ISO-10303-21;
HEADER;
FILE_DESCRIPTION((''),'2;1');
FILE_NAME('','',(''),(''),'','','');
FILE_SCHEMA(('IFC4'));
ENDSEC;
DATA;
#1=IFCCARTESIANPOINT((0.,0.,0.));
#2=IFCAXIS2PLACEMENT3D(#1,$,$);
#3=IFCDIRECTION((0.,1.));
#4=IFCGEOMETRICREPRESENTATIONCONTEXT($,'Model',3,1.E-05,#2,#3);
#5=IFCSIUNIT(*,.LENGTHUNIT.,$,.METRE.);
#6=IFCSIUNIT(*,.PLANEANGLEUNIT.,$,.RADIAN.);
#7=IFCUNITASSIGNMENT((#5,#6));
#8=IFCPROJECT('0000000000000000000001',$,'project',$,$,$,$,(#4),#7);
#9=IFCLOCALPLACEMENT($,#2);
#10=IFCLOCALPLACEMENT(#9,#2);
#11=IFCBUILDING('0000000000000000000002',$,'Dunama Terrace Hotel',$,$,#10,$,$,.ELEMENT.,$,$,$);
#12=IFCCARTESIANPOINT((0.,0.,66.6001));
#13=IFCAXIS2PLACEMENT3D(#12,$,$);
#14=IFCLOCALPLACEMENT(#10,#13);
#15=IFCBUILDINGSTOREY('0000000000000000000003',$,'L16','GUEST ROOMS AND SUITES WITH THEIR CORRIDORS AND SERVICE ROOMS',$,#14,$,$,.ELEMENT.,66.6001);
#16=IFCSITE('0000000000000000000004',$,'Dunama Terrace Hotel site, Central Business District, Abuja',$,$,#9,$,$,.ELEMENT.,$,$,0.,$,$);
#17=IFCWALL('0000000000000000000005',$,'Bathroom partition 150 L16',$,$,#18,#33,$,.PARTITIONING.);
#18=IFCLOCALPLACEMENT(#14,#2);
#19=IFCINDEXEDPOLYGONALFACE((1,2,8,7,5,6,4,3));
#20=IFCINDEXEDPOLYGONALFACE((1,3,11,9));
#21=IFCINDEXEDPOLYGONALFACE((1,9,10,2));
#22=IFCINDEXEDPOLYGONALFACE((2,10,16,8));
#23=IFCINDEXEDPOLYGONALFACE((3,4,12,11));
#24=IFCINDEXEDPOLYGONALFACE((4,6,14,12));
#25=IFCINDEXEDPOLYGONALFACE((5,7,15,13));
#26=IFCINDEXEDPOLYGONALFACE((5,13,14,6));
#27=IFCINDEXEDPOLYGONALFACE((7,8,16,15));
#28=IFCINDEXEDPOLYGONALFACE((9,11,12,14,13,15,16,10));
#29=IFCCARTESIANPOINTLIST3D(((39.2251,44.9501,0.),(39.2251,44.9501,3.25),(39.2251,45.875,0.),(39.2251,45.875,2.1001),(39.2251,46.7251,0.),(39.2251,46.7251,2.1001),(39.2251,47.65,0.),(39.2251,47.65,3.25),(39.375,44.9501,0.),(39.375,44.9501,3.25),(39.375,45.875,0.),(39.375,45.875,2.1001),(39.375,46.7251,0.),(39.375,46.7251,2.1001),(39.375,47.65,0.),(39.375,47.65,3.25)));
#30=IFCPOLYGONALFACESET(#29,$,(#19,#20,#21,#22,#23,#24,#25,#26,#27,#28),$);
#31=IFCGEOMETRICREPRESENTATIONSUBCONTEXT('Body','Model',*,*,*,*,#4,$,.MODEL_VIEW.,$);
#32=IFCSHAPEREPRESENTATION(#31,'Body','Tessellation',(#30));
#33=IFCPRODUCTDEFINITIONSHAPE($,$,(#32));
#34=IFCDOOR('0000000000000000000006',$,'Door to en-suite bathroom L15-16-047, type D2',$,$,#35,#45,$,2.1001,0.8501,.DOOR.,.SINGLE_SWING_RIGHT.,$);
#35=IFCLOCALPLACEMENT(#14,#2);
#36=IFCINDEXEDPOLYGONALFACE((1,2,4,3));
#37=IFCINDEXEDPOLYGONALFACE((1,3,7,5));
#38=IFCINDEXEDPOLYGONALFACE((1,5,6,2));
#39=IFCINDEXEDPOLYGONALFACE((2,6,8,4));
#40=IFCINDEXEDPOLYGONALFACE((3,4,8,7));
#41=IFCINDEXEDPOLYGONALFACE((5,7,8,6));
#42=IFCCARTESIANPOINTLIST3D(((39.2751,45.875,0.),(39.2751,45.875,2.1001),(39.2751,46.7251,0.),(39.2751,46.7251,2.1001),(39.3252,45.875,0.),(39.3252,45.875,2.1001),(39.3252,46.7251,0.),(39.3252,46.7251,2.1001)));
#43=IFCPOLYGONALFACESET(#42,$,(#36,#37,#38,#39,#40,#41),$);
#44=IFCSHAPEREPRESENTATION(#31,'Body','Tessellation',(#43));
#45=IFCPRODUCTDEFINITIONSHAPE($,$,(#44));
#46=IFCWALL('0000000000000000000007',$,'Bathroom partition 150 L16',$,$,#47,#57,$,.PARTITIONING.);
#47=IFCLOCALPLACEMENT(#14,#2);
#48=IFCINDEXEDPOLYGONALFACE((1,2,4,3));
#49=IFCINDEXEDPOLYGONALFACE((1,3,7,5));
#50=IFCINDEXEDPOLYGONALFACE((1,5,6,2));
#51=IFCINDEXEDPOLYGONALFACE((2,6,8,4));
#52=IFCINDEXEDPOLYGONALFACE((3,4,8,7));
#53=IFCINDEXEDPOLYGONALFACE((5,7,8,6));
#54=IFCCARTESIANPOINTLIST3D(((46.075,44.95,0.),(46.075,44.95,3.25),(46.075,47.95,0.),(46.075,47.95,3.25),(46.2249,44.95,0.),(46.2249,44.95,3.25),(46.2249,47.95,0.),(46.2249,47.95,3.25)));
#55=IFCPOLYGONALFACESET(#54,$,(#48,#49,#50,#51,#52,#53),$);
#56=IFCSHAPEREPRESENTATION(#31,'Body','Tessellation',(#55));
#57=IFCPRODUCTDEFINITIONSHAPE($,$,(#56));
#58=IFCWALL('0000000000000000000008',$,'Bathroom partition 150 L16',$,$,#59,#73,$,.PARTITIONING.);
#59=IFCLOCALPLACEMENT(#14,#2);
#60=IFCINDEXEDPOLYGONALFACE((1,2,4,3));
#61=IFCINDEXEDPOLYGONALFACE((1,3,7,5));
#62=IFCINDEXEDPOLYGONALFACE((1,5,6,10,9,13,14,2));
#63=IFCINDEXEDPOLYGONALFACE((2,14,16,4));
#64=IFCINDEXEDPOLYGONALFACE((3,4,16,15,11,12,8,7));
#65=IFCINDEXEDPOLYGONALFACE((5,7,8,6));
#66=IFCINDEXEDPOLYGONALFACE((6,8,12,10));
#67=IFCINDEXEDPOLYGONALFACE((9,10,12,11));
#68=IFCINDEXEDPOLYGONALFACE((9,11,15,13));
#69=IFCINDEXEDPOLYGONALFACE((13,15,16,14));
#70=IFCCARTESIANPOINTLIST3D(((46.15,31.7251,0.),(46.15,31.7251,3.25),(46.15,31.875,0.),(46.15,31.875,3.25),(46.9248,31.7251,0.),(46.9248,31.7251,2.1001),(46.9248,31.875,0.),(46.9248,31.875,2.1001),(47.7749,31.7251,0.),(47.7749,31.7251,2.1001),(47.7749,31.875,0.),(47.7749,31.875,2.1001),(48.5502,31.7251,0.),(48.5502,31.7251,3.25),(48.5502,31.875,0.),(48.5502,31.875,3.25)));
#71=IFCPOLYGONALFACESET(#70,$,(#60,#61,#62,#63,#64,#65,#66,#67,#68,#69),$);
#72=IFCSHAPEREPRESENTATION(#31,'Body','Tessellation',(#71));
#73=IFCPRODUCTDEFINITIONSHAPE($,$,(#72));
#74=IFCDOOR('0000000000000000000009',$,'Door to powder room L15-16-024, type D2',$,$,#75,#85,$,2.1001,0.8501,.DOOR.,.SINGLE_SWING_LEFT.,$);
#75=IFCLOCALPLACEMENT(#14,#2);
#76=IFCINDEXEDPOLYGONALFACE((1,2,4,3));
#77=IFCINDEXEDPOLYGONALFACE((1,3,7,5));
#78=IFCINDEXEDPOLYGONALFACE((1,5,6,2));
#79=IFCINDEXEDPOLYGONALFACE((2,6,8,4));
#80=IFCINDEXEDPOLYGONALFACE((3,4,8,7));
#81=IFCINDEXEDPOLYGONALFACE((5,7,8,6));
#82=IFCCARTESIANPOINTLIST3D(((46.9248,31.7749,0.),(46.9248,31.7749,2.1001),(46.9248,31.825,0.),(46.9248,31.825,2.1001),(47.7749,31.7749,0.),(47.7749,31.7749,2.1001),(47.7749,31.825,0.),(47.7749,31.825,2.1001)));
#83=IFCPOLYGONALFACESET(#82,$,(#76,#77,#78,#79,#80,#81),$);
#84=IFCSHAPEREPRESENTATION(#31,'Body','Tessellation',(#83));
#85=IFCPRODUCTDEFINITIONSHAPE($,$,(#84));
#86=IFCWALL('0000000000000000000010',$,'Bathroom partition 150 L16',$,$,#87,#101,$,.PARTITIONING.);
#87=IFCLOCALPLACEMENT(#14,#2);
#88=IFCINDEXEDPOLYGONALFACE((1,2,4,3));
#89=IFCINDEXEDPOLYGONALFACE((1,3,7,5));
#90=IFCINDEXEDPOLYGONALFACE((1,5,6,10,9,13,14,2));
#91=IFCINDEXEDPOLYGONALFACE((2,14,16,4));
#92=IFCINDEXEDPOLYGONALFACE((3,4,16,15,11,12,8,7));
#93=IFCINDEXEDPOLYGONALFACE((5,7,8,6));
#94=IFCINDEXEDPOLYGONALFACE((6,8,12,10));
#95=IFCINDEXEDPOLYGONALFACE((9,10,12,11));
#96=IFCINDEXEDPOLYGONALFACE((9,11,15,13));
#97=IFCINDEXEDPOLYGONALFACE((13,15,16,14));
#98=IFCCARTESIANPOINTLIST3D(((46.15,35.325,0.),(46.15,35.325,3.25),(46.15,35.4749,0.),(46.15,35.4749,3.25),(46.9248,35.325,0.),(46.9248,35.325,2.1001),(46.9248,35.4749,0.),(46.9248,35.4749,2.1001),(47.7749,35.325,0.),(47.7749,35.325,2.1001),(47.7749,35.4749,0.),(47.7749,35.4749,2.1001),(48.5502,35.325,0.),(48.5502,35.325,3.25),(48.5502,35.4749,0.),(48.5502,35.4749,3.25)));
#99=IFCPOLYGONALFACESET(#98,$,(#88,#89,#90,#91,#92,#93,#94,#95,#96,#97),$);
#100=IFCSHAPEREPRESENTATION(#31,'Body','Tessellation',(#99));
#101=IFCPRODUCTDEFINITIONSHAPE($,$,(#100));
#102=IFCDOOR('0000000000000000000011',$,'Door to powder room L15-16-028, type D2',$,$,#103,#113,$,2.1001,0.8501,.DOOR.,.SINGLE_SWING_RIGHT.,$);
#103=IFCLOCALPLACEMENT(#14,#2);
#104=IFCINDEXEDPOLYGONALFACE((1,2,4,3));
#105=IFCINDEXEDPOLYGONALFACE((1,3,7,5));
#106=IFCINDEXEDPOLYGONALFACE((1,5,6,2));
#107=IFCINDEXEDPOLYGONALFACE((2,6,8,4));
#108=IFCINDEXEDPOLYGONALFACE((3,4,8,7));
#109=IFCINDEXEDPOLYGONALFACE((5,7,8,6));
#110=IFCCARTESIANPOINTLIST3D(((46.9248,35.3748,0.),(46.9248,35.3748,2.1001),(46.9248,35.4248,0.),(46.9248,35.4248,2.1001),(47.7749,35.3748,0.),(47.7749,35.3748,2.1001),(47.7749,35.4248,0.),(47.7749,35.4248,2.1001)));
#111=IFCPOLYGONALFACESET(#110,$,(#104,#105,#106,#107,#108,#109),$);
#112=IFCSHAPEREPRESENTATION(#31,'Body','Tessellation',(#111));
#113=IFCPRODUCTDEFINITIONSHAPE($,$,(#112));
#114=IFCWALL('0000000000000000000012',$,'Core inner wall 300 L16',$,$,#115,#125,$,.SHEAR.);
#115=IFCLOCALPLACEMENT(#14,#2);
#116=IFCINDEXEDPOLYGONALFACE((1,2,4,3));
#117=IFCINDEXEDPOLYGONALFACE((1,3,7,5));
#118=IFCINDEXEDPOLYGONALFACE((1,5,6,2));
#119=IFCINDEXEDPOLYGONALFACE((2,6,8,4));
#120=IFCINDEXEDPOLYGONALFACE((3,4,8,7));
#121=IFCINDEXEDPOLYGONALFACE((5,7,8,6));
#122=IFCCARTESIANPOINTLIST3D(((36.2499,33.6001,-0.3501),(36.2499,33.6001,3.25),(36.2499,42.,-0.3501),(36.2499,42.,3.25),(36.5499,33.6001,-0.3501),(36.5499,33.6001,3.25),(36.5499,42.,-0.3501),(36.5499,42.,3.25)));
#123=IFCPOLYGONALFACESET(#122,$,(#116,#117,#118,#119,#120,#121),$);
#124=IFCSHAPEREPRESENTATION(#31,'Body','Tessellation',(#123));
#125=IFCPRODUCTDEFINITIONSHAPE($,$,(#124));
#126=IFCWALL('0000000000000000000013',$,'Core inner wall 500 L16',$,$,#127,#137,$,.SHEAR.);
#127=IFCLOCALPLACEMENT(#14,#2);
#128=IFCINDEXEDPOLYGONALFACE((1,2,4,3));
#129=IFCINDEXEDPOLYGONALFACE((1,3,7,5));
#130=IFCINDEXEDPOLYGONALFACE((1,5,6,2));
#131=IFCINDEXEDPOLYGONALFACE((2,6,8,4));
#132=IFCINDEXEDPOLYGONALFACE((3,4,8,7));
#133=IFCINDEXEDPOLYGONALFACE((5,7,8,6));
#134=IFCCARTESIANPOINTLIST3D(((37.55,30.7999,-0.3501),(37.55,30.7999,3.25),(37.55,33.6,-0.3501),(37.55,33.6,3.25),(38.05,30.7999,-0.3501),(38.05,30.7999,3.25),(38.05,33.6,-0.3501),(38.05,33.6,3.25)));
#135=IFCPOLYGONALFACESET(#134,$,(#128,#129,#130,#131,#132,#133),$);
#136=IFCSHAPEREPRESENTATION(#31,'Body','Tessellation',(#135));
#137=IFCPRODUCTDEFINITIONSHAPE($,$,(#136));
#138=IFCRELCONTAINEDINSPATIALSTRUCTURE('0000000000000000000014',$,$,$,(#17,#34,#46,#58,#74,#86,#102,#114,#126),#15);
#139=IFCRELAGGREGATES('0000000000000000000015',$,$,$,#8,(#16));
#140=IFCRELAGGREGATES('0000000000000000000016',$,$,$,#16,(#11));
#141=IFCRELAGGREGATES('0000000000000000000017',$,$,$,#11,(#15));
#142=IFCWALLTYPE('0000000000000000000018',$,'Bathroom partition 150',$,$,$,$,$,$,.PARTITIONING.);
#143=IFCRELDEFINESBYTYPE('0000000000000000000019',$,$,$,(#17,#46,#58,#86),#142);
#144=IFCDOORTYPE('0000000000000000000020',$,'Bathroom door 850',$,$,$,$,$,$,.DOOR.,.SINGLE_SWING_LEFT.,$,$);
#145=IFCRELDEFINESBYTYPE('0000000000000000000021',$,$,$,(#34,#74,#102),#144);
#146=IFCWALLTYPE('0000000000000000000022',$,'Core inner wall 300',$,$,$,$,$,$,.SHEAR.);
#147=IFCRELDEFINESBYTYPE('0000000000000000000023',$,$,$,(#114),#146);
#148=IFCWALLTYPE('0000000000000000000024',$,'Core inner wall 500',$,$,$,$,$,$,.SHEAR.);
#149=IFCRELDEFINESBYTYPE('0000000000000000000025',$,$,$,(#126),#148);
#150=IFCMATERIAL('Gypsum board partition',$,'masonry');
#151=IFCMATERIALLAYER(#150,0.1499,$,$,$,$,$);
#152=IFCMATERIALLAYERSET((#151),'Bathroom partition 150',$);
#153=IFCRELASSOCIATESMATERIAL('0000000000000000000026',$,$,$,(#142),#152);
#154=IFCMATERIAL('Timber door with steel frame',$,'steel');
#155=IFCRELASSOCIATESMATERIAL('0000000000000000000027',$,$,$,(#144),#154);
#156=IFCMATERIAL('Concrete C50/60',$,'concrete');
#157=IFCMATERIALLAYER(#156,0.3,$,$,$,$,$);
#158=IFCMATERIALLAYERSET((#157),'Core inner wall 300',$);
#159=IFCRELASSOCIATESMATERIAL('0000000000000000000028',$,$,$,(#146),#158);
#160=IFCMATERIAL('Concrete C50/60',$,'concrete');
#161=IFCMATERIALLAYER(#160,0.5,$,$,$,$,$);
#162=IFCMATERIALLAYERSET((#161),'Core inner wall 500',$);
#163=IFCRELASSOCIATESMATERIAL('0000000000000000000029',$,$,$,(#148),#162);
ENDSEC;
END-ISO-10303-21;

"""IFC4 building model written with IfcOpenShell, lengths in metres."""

from ifc_helpers import new_model, si_unit, direction, frame, frame_2d, origin, place, context, subcontext, project, spatial, rectangle, extrude, material, layer, layer_set, type_object, element, fill, save


model = new_model("IFC4")

# Units and contexts
model_context = context("Model", 3, precision=1e-05, world=origin(), true_north=direction((0.0, 1.0)))
body_context = subcontext(model_context, "Body", "Model", "MODEL_VIEW")
ifc_project = project(units=[si_unit("LENGTHUNIT", "METRE"), si_unit("PLANEANGLEUNIT", "RADIAN")], contexts=[model_context])

# Site, building, storey
site_placement = place(None, origin())
site = spatial("IfcSite", under=ifc_project, at=site_placement, Name="Dunama Terrace Hotel site, Central Business District, Abuja", CompositionType="ELEMENT", RefElevation=0.0)
building_placement = place(site_placement, origin())
building = spatial("IfcBuilding", under=site, at=building_placement, Name="Dunama Terrace Hotel", CompositionType="ELEMENT")
storey_placement = place(building_placement, frame((0.0, 0.0, 66.6001)))
storey = spatial("IfcBuildingStorey", under=building, at=storey_placement, Name="L16", Description="GUEST ROOMS AND SUITES WITH THEIR CORRIDORS AND SERVICE ROOMS", CompositionType="ELEMENT", Elevation=66.6001)

# Wall, opening, door
ifc_material_1 = material(Name="Gypsum board partition", Category="masonry")
ifc_layer_1 = layer(ifc_material_1, 0.1499)
ifc_layer_set_1 = layer_set([ifc_layer_1], Name="Bathroom partition 150")
wall_type_1 = type_object("IfcWallType", Name="Bathroom partition 150", PredefinedType="PARTITIONING", material=ifc_layer_set_1)
wall_1_placement = place(storey_placement, frame((39.3, 44.95, 0.0), z_axis=(0.0, 0.0, 1.0), x_axis=(0.0, 1.0, 0.0)))
wall_1 = element("IfcWall", 1, at=wall_1_placement, inside=storey, type_object=wall_type_1, Name="Bathroom partition 150 L16", PredefinedType="PARTITIONING", context=body_context, shape_type="SweptSolid", body=[
    extrude(rectangle(XDim=2.7, YDim=0.1499, at=frame_2d((1.3501, 0.0))), origin(), (0.0, 0.0, 1.0), 3.25),
])
opening_1_placement = place(wall_1_placement, frame((0.925, 0.0, 0.0)))
opening_1 = element("IfcOpeningElement", 2, at=opening_1_placement, cuts=wall_1, PredefinedType="OPENING", context=body_context, shape_type="SweptSolid", body=[
    extrude(rectangle(XDim=0.8501, YDim=2.1001, at=frame_2d((0.425, 1.05))), frame((0.0, 0.085, 0.0), z_axis=(0.0, -1.0, 0.0), x_axis=(1.0, 0.0, 0.0)), (0.0, 0.0, 1.0), 0.1699),
])
ifc_material_2 = material(Name="Timber door with steel frame", Category="steel")
door_type_1 = type_object("IfcDoorType", Name="Bathroom door 850", OperationType="SINGLE_SWING_LEFT", PredefinedType="DOOR", material=ifc_material_2)
door_1_placement = place(opening_1_placement, frame((0.8501, 0.0, 0.0), z_axis=(0.0, 0.0, 1.0), x_axis=(-1.0, 0.0, 0.0)))
door_1 = element("IfcDoor", 3, at=door_1_placement, inside=storey, type_object=door_type_1, Name="Door to en-suite bathroom L15-16-047, type D2", OperationType="SINGLE_SWING_RIGHT", OverallHeight=2.1001, OverallWidth=0.8501, PredefinedType="DOOR", context=body_context, shape_type="SweptSolid", body=[
    extrude(rectangle(XDim=0.8501, YDim=2.1001, at=frame_2d((0.425, 1.05))), frame((0.0, 0.0251, 0.0), z_axis=(0.0, -1.0, 0.0), x_axis=(1.0, 0.0, 0.0)), (0.0, 0.0, 1.0), 0.05),
])
fill(opening_1, door_1)

# Wall
wall_2_placement = place(storey_placement, frame((46.1499, 44.95, 0.0), z_axis=(0.0, 0.0, 1.0), x_axis=(0.0, 1.0, 0.0)))
element("IfcWall", 4, at=wall_2_placement, inside=storey, type_object=wall_type_1, Name="Bathroom partition 150 L16", PredefinedType="PARTITIONING", context=body_context, shape_type="SweptSolid", body=[
    extrude(rectangle(XDim=3.0, YDim=0.1499, at=frame_2d((1.5, 0.0))), origin(), (0.0, 0.0, 1.0), 3.25),
])

# Walls, openings, doors
wall_3_placement = place(storey_placement, frame((46.1499, 31.8, 0.0), z_axis=(0.0, 0.0, 1.0), x_axis=(1.0, 0.0, 0.0)))
wall_3 = element("IfcWall", 5, at=wall_3_placement, inside=storey, type_object=wall_type_1, Name="Bathroom partition 150 L16", PredefinedType="PARTITIONING", context=body_context, shape_type="SweptSolid", body=[
    extrude(rectangle(XDim=2.4001, YDim=0.1499, at=frame_2d((1.2002, 0.0))), origin(), (0.0, 0.0, 1.0), 3.25),
])
opening_2_placement = place(wall_3_placement, frame((0.7749, 0.0, 0.0)))
opening_2 = element("IfcOpeningElement", 6, at=opening_2_placement, cuts=wall_3, PredefinedType="OPENING", context=body_context, shape_type="SweptSolid", body=[
    extrude(rectangle(XDim=0.8501, YDim=2.1001, at=frame_2d((0.425, 1.05))), frame((0.0, 0.085, 0.0), z_axis=(0.0, -1.0, 0.0), x_axis=(1.0, 0.0, 0.0)), (0.0, 0.0, 1.0), 0.1699),
])
door_2_placement = place(opening_2_placement, origin())
door_2 = element("IfcDoor", 7, at=door_2_placement, inside=storey, type_object=door_type_1, Name="Door to powder room L15-16-024, type D2", OperationType="SINGLE_SWING_LEFT", OverallHeight=2.1001, OverallWidth=0.8501, PredefinedType="DOOR", context=body_context, shape_type="SweptSolid", body=[
    extrude(rectangle(XDim=0.8501, YDim=2.1001, at=frame_2d((0.425, 1.05))), frame((0.0, 0.0249, 0.0), z_axis=(0.0, -1.0, 0.0), x_axis=(1.0, 0.0, 0.0)), (0.0, 0.0, 1.0), 0.05),
])
fill(opening_2, door_2)
wall_4_placement = place(storey_placement, frame((46.1499, 35.3999, 0.0), z_axis=(0.0, 0.0, 1.0), x_axis=(1.0, 0.0, 0.0)))
wall_4 = element("IfcWall", 8, at=wall_4_placement, inside=storey, type_object=wall_type_1, Name="Bathroom partition 150 L16", PredefinedType="PARTITIONING", context=body_context, shape_type="SweptSolid", body=[
    extrude(rectangle(XDim=2.4001, YDim=0.1499, at=frame_2d((1.2002, 0.0))), origin(), (0.0, 0.0, 1.0), 3.25),
])
opening_3_placement = place(wall_4_placement, frame((0.7749, 0.0, 0.0)))
opening_3 = element("IfcOpeningElement", 9, at=opening_3_placement, cuts=wall_4, PredefinedType="OPENING", context=body_context, shape_type="SweptSolid", body=[
    extrude(rectangle(XDim=0.8501, YDim=2.1001, at=frame_2d((0.425, 1.05))), frame((0.0, 0.085, 0.0), z_axis=(0.0, -1.0, 0.0), x_axis=(1.0, 0.0, 0.0)), (0.0, 0.0, 1.0), 0.1699),
])
door_3_placement = place(opening_3_placement, frame((0.8501, 0.0, 0.0), z_axis=(0.0, 0.0, 1.0), x_axis=(-1.0, 0.0, 0.0)))
door_3 = element("IfcDoor", 10, at=door_3_placement, inside=storey, type_object=door_type_1, Name="Door to powder room L15-16-028, type D2", OperationType="SINGLE_SWING_RIGHT", OverallHeight=2.1001, OverallWidth=0.8501, PredefinedType="DOOR", context=body_context, shape_type="SweptSolid", body=[
    extrude(rectangle(XDim=0.8501, YDim=2.1001, at=frame_2d((0.425, 1.05))), frame((0.0, 0.0251, 0.0), z_axis=(0.0, -1.0, 0.0), x_axis=(1.0, 0.0, 0.0)), (0.0, 0.0, 1.0), 0.05),
])
fill(opening_3, door_3)

# Walls
ifc_material_3 = material(Name="Concrete C50/60", Category="concrete")
ifc_layer_2 = layer(ifc_material_3, 0.3)
ifc_layer_set_2 = layer_set([ifc_layer_2], Name="Core inner wall 300")
wall_type_2 = type_object("IfcWallType", Name="Core inner wall 300", PredefinedType="SHEAR", material=ifc_layer_set_2)
wall_5_placement = place(storey_placement, frame((36.3999, 33.6001, -0.3501), z_axis=(0.0, 0.0, 1.0), x_axis=(0.0, 1.0, 0.0)))
element("IfcWall", 11, at=wall_5_placement, inside=storey, type_object=wall_type_2, Name="Core inner wall 300 L16", PredefinedType="SHEAR", context=body_context, shape_type="SweptSolid", body=[
    extrude(rectangle(XDim=8.3999, YDim=0.3, at=frame_2d((4.2, 0.0))), origin(), (0.0, 0.0, 1.0), 3.6001),
])
ifc_material_4 = material(Name="Concrete C50/60", Category="concrete")
ifc_layer_3 = layer(ifc_material_4, 0.5)
ifc_layer_set_3 = layer_set([ifc_layer_3], Name="Core inner wall 500")
wall_type_3 = type_object("IfcWallType", Name="Core inner wall 500", PredefinedType="SHEAR", material=ifc_layer_set_3)
wall_6_placement = place(storey_placement, frame((37.8, 30.8, -0.3501), z_axis=(0.0, 0.0, 1.0), x_axis=(0.0, 1.0, 0.0)))
element("IfcWall", 12, at=wall_6_placement, inside=storey, type_object=wall_type_3, Name="Core inner wall 500 L16", PredefinedType="SHEAR", context=body_context, shape_type="SweptSolid", body=[
    extrude(rectangle(XDim=2.8, YDim=0.5, at=frame_2d((1.3999, 0.0))), origin(), (0.0, 0.0, 1.0), 3.6001),
])

save(model, "model.ifc")
